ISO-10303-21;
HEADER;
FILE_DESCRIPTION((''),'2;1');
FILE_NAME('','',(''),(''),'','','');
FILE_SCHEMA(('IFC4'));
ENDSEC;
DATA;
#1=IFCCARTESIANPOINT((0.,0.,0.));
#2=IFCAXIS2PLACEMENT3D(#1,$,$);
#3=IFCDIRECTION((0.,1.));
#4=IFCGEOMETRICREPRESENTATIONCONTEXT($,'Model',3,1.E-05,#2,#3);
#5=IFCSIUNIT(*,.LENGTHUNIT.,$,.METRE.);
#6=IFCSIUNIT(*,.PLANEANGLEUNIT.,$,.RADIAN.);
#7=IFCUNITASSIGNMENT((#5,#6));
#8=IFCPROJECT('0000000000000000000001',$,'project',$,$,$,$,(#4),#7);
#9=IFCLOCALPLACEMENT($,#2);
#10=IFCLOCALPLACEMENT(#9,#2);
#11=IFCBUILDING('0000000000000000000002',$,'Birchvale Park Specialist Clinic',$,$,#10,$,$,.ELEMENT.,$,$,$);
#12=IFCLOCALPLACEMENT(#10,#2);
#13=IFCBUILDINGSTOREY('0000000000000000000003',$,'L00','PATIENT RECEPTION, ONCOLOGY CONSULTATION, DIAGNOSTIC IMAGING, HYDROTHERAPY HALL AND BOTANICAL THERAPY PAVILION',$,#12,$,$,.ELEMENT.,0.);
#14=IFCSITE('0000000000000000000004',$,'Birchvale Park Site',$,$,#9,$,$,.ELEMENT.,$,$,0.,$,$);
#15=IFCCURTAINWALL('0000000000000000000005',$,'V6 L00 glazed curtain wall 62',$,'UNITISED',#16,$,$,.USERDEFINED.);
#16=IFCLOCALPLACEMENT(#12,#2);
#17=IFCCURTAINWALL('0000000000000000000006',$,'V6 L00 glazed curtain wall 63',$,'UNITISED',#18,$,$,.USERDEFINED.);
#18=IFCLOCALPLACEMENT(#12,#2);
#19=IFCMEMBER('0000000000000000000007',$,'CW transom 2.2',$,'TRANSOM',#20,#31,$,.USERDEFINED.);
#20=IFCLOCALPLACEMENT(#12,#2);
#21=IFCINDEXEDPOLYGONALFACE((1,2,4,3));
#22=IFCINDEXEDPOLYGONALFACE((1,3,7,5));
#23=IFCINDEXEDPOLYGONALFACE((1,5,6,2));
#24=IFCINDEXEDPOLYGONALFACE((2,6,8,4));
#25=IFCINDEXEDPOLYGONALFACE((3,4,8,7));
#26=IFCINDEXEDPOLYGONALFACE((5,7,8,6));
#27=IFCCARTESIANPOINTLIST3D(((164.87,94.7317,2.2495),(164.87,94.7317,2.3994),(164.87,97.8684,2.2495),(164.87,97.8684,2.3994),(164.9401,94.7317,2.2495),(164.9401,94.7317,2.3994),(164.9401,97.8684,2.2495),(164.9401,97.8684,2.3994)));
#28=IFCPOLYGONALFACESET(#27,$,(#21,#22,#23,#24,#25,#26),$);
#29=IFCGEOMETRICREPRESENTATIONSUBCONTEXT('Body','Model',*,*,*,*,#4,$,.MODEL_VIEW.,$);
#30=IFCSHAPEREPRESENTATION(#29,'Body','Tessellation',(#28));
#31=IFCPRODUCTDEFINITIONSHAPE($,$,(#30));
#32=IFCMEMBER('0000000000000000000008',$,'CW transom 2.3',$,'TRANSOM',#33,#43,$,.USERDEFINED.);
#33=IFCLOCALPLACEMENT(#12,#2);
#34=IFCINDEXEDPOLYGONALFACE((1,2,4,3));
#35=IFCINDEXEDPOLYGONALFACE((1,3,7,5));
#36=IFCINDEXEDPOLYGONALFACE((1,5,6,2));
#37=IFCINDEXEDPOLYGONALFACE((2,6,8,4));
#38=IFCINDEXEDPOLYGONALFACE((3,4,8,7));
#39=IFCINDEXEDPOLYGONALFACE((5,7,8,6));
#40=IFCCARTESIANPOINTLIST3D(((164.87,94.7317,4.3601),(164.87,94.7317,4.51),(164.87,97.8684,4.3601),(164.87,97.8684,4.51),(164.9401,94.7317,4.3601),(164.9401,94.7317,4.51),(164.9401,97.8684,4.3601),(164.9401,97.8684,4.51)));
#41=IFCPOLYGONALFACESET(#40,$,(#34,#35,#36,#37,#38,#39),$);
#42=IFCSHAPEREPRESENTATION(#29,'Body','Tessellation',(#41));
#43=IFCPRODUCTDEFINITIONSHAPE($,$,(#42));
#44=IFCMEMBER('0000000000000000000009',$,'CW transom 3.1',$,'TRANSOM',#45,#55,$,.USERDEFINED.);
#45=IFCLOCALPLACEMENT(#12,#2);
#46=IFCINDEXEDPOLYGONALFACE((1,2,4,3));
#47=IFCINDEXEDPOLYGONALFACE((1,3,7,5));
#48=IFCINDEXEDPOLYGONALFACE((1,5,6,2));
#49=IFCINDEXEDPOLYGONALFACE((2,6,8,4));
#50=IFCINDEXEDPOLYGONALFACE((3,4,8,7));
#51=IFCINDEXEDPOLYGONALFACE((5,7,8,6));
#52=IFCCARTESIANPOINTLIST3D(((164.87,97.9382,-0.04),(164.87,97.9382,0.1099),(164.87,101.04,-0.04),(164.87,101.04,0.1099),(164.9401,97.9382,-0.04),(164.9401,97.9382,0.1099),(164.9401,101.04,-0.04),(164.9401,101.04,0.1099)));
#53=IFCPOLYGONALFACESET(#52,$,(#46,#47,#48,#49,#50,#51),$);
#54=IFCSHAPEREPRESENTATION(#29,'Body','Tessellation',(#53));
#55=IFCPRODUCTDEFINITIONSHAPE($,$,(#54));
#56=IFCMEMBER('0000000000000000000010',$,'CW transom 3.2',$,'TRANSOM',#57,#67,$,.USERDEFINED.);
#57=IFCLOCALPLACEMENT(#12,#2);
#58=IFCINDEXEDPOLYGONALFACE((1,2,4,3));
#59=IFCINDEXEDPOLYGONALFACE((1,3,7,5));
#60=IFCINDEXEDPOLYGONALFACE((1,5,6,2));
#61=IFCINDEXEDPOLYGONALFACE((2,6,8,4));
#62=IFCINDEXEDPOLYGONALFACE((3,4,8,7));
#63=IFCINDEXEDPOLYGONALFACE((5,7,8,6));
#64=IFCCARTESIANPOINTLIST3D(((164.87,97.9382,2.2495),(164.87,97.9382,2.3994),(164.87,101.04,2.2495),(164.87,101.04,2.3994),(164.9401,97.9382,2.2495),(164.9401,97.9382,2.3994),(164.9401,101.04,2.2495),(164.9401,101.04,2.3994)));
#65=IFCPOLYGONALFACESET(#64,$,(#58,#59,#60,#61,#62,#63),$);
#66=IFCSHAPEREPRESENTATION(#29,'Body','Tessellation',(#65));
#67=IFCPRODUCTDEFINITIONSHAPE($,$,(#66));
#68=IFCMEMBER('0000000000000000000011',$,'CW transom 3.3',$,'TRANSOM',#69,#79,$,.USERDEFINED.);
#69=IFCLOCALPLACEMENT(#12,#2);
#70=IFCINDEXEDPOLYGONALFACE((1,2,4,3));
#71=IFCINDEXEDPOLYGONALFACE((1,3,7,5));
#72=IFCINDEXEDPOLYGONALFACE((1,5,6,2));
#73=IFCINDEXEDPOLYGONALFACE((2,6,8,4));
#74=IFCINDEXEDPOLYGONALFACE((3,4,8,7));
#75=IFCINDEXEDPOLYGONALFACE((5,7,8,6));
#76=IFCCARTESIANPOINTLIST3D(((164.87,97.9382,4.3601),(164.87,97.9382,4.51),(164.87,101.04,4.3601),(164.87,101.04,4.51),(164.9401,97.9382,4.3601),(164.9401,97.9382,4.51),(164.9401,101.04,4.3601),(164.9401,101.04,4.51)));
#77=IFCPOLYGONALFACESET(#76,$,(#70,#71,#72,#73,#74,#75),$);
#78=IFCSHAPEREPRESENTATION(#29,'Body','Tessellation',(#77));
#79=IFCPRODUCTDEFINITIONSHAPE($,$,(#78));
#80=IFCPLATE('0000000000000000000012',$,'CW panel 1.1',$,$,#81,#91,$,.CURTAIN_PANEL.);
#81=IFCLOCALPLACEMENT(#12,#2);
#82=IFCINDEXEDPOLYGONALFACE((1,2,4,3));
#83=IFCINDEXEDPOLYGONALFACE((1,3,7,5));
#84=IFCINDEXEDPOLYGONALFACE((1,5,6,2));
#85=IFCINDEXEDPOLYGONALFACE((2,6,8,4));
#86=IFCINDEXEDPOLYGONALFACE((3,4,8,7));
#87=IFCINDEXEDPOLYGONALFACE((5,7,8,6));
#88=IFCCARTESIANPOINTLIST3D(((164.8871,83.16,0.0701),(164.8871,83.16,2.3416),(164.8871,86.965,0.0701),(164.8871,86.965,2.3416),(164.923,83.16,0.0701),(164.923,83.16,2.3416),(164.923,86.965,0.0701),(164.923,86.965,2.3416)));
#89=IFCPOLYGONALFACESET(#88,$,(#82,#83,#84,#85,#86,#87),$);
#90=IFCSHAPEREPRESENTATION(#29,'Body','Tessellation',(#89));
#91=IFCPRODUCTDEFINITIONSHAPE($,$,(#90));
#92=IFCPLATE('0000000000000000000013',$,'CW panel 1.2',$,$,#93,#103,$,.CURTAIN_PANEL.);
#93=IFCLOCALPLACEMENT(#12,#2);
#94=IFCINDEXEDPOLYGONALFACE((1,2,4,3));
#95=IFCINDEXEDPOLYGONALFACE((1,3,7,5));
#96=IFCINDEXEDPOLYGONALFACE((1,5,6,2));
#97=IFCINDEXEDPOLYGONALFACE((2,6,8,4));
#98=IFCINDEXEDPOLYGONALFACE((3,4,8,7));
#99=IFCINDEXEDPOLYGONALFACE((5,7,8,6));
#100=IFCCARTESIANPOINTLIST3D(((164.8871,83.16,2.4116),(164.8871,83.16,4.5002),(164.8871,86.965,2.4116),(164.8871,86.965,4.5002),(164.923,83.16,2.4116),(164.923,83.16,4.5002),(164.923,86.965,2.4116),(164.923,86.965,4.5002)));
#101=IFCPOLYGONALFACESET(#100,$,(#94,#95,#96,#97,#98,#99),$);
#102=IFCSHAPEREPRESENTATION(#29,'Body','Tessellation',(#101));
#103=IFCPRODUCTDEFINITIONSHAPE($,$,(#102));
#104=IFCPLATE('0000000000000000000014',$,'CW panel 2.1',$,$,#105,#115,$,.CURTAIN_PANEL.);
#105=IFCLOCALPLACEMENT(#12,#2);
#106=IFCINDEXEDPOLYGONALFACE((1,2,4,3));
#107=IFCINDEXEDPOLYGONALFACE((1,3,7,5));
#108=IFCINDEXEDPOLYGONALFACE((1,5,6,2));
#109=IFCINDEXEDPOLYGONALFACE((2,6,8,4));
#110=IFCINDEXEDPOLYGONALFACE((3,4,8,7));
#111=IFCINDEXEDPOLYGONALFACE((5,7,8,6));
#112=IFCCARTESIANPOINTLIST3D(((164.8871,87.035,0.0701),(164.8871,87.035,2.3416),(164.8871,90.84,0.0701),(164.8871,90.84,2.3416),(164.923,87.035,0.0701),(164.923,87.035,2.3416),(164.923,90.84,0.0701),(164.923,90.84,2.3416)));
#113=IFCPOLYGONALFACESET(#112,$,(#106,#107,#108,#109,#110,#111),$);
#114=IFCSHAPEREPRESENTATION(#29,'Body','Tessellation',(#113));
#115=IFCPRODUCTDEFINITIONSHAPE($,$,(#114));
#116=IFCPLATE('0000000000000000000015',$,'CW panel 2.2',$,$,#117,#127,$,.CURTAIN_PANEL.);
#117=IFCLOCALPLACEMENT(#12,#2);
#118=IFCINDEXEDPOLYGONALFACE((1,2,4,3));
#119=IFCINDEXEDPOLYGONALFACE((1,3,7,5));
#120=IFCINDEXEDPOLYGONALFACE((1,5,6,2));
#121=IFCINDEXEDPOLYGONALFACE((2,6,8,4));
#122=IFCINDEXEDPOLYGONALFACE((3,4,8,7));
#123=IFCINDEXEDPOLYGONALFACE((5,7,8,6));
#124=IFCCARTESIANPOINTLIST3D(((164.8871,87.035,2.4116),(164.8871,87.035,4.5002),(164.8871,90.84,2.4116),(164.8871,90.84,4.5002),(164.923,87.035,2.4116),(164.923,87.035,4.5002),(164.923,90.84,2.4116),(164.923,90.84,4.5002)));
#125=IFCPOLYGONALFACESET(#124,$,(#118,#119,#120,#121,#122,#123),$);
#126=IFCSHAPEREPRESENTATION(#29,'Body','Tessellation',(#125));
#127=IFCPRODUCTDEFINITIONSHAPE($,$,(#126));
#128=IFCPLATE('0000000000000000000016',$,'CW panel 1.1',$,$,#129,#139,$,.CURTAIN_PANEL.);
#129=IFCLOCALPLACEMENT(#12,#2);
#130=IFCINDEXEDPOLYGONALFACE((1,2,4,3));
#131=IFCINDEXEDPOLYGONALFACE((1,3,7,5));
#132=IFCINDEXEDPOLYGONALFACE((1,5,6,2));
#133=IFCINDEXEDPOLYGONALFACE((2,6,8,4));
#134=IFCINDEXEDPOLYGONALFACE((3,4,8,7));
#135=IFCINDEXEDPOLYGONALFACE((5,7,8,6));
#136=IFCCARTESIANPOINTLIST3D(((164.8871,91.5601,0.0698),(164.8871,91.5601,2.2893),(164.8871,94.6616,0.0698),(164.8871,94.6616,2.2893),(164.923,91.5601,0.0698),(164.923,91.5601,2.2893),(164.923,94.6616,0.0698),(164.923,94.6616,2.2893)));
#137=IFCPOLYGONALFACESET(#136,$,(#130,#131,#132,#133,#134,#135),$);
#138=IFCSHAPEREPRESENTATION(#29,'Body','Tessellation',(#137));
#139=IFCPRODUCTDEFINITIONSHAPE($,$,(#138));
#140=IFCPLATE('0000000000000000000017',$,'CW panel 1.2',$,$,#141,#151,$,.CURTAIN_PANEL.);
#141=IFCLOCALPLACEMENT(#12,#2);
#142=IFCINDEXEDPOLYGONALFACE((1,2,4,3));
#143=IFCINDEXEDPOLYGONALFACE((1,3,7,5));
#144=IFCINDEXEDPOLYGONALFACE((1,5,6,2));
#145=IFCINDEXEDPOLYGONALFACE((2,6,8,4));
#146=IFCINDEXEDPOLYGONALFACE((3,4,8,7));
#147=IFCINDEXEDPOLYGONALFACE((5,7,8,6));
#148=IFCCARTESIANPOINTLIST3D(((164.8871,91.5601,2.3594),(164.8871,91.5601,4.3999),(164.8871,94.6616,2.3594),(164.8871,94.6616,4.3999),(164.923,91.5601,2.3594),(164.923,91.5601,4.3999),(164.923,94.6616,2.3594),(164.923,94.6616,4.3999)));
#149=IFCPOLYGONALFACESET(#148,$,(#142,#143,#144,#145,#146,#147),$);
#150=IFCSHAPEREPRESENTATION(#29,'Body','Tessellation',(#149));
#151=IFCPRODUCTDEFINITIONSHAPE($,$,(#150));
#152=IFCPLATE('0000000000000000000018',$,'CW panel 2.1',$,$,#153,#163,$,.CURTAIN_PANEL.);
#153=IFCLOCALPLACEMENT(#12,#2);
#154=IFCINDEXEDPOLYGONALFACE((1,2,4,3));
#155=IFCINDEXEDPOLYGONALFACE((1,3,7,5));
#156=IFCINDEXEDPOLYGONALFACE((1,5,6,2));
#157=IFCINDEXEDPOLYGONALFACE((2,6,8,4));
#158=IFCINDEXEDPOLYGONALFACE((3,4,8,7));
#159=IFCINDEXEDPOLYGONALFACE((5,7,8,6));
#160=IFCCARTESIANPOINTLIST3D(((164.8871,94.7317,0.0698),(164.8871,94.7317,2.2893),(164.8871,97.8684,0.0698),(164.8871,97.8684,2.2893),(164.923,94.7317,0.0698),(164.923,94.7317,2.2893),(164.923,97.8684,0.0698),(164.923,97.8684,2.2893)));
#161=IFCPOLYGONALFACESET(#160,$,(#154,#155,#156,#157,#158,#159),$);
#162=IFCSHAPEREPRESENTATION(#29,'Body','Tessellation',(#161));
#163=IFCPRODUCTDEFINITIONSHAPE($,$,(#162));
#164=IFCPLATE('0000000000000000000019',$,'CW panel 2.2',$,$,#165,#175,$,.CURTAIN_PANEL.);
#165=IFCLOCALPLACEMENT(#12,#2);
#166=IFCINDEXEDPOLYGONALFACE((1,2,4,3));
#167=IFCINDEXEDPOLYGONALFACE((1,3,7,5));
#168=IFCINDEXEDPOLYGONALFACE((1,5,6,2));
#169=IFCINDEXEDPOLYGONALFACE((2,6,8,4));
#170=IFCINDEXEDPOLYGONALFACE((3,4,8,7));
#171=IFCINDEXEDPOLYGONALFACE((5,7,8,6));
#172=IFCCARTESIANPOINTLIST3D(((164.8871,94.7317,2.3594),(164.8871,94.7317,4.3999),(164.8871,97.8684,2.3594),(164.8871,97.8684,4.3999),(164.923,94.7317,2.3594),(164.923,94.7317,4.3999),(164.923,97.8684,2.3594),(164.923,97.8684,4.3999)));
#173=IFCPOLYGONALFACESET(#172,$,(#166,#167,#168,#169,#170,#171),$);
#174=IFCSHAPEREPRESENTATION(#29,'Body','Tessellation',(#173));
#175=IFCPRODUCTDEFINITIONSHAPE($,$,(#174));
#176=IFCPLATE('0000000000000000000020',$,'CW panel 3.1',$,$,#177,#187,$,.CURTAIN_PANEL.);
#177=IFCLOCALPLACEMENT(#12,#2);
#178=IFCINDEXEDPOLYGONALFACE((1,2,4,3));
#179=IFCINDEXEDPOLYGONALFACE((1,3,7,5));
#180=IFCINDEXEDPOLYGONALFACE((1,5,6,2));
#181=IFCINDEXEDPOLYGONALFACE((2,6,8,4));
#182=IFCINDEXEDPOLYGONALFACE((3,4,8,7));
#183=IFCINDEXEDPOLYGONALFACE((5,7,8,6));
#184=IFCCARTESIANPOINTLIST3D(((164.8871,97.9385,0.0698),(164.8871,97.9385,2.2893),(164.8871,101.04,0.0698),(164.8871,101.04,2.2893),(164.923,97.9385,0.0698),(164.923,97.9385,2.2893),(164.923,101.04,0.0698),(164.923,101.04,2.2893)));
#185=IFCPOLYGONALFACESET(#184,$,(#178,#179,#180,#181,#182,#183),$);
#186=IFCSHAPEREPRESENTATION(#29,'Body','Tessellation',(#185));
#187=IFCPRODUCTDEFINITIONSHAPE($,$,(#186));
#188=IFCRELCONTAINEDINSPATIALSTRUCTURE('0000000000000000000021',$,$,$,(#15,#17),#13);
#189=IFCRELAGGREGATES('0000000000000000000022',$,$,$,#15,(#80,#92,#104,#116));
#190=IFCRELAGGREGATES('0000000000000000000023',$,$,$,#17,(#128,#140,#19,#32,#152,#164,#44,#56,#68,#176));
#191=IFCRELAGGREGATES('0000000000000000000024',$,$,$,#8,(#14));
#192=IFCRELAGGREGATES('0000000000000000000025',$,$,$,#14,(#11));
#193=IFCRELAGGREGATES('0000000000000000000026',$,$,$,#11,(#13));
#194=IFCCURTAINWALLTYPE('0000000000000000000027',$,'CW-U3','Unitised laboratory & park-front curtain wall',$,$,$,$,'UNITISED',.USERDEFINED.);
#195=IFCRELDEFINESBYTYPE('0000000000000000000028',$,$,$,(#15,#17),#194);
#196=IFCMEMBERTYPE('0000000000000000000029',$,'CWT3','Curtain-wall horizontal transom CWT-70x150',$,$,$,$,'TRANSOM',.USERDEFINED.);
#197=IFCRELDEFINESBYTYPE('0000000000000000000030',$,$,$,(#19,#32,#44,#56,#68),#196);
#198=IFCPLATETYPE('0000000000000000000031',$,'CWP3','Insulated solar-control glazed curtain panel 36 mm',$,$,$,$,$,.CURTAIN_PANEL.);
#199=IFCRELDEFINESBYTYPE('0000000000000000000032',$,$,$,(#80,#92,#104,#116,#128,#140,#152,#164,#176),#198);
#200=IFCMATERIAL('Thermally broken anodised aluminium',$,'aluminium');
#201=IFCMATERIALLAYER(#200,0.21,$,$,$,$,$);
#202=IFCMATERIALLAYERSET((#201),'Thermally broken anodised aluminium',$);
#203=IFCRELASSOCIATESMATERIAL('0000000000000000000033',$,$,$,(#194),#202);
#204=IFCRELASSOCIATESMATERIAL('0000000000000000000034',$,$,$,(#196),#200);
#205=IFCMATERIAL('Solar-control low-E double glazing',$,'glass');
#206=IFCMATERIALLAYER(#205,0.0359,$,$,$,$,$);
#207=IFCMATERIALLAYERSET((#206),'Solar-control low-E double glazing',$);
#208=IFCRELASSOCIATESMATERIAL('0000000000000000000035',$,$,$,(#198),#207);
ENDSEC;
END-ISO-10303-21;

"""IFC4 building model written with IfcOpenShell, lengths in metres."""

from ifc_helpers import new_model, si_unit, direction, frame, origin, origin_2d, place, context, subcontext, project, spatial, rectangle, extrude, material, layer, layer_set, material_profile, profile_set, type_object, element, aggregate, save


model = new_model("IFC4")

# Units and contexts
model_context = context("Model", 3, precision=1e-05, world=origin(), true_north=direction((0.0, 1.0)))
body_context = subcontext(model_context, "Body", "Model", "MODEL_VIEW")
ifc_project = project(units=[si_unit("LENGTHUNIT", "METRE"), si_unit("PLANEANGLEUNIT", "RADIAN")], contexts=[model_context])

# Site, building, storey
site_placement = place(None, origin())
site = spatial("IfcSite", under=ifc_project, at=site_placement, Name="Birchvale Park Site", CompositionType="ELEMENT", RefElevation=0.0)
building_placement = place(site_placement, origin())
building = spatial("IfcBuilding", under=site, at=building_placement, Name="Birchvale Park Specialist Clinic", CompositionType="ELEMENT")
storey_placement = place(building_placement, origin())
storey = spatial("IfcBuildingStorey", under=building, at=storey_placement, Name="L00", Description="PATIENT RECEPTION, ONCOLOGY CONSULTATION, DIAGNOSTIC IMAGING, HYDROTHERAPY HALL AND BOTANICAL THERAPY PAVILION", CompositionType="ELEMENT", Elevation=0.0)

# Curtain walls
ifc_material_1 = material(Name="Thermally broken anodised aluminium", Category="aluminium")
ifc_layer_1 = layer(ifc_material_1, 0.21)
ifc_layer_set_1 = layer_set([ifc_layer_1], Name="Thermally broken anodised aluminium")
curtain_wall_type = type_object("IfcCurtainWallType", Name="CW-U3", Description="Unitised laboratory & park-front curtain wall", ElementType="UNITISED", PredefinedType="USERDEFINED", material=ifc_layer_set_1)
curtain_wall_1_placement = place(storey_placement, origin())
curtain_wall_1 = element("IfcCurtainWall", 1, at=curtain_wall_1_placement, inside=storey, type_object=curtain_wall_type, Name="V6 L00 glazed curtain wall 62", ObjectType="UNITISED", PredefinedType="USERDEFINED")
curtain_wall_2_placement = place(storey_placement, origin())
curtain_wall_2 = element("IfcCurtainWall", 2, at=curtain_wall_2_placement, inside=storey, type_object=curtain_wall_type, Name="V6 L00 glazed curtain wall 63", ObjectType="UNITISED", PredefinedType="USERDEFINED")

# Members
ifc_material_profile_1 = material_profile(ifc_material_1, rectangle(XDim=0.0701, YDim=0.1499, at=origin_2d()), Name="CWT-70x150")
ifc_profile_set_1 = profile_set([ifc_material_profile_1], Name="Thermally broken anodised aluminium")
member_type_1 = type_object("IfcMemberType", Name="CWT3", Description="Curtain-wall horizontal transom CWT-70x150", ElementType="TRANSOM", PredefinedType="USERDEFINED", material=ifc_profile_set_1)
member_1_placement = place(storey_placement, frame((164.905, 94.7317, 2.3245), z_axis=(0.0, 1.0, 0.0), x_axis=(-1.0, 0.0, 0.0)))
member_1 = element("IfcMember", 3, at=member_1_placement, type_object=member_type_1, Name="CW transom 2.2", ObjectType="TRANSOM", PredefinedType="USERDEFINED", context=body_context, shape_type="SweptSolid", body=[
    extrude(rectangle(XDim=0.0701, YDim=0.1499, at=origin_2d()), origin(), (0.0, 0.0, 1.0), 3.1367),
])
member_2_placement = place(storey_placement, frame((164.905, 94.7317, 4.4351), z_axis=(0.0, 1.0, 0.0), x_axis=(-1.0, 0.0, 0.0)))
member_2 = element("IfcMember", 4, at=member_2_placement, type_object=member_type_1, Name="CW transom 2.3", ObjectType="TRANSOM", PredefinedType="USERDEFINED", context=body_context, shape_type="SweptSolid", body=[
    extrude(rectangle(XDim=0.0701, YDim=0.1499, at=origin_2d()), origin(), (0.0, 0.0, 1.0), 3.1367),
])
member_3_placement = place(storey_placement, frame((164.905, 97.9382, 0.0349), z_axis=(0.0, 1.0, 0.0), x_axis=(-1.0, 0.0, 0.0)))
member_3 = element("IfcMember", 5, at=member_3_placement, type_object=member_type_1, Name="CW transom 3.1", ObjectType="TRANSOM", PredefinedType="USERDEFINED", context=body_context, shape_type="SweptSolid", body=[
    extrude(rectangle(XDim=0.0701, YDim=0.1499, at=origin_2d()), origin(), (0.0, 0.0, 1.0), 3.1018),
])
member_4_placement = place(storey_placement, frame((164.905, 97.9382, 2.3245), z_axis=(0.0, 1.0, 0.0), x_axis=(-1.0, 0.0, 0.0)))
member_4 = element("IfcMember", 6, at=member_4_placement, type_object=member_type_1, Name="CW transom 3.2", ObjectType="TRANSOM", PredefinedType="USERDEFINED", context=body_context, shape_type="SweptSolid", body=[
    extrude(rectangle(XDim=0.0701, YDim=0.1499, at=origin_2d()), origin(), (0.0, 0.0, 1.0), 3.1018),
])
member_5_placement = place(storey_placement, frame((164.905, 97.9382, 4.4351), z_axis=(0.0, 1.0, 0.0), x_axis=(-1.0, 0.0, 0.0)))
member_5 = element("IfcMember", 7, at=member_5_placement, type_object=member_type_1, Name="CW transom 3.3", ObjectType="TRANSOM", PredefinedType="USERDEFINED", context=body_context, shape_type="SweptSolid", body=[
    extrude(rectangle(XDim=0.0701, YDim=0.1499, at=origin_2d()), origin(), (0.0, 0.0, 1.0), 3.1018),
])

# Plates
ifc_material_2 = material(Name="Solar-control low-E double glazing", Category="glass")
ifc_layer_2 = layer(ifc_material_2, 0.0359)
ifc_layer_set_2 = layer_set([ifc_layer_2], Name="Solar-control low-E double glazing")
plate_type = type_object("IfcPlateType", Name="CWP3", Description="Insulated solar-control glazed curtain panel 36 mm", PredefinedType="CURTAIN_PANEL", material=ifc_layer_set_2)
plate_1_placement = place(storey_placement, frame((164.905, 85.0625, 0.0701), z_axis=(0.0, 0.0, 1.0), x_axis=(0.0, 1.0, 0.0)))
plate_1 = element("IfcPlate", 8, at=plate_1_placement, type_object=plate_type, Name="CW panel 1.1", PredefinedType="CURTAIN_PANEL", context=body_context, shape_type="SweptSolid", body=[
    extrude(rectangle(XDim=3.8049, YDim=0.0359, at=origin_2d()), origin(), (0.0, 0.0, 1.0), 2.2715),
])
plate_2_placement = place(storey_placement, frame((164.905, 85.0625, 2.4116), z_axis=(0.0, 0.0, 1.0), x_axis=(0.0, 1.0, 0.0)))
plate_2 = element("IfcPlate", 9, at=plate_2_placement, type_object=plate_type, Name="CW panel 1.2", PredefinedType="CURTAIN_PANEL", context=body_context, shape_type="SweptSolid", body=[
    extrude(rectangle(XDim=3.8049, YDim=0.0359, at=origin_2d()), origin(), (0.0, 0.0, 1.0), 2.0886),
])
plate_3_placement = place(storey_placement, frame((164.905, 88.9375, 0.0701), z_axis=(0.0, 0.0, 1.0), x_axis=(0.0, 1.0, 0.0)))
plate_3 = element("IfcPlate", 10, at=plate_3_placement, type_object=plate_type, Name="CW panel 2.1", PredefinedType="CURTAIN_PANEL", context=body_context, shape_type="SweptSolid", body=[
    extrude(rectangle(XDim=3.8049, YDim=0.0359, at=origin_2d()), origin(), (0.0, 0.0, 1.0), 2.2715),
])
plate_4_placement = place(storey_placement, frame((164.905, 88.9375, 2.4116), z_axis=(0.0, 0.0, 1.0), x_axis=(0.0, 1.0, 0.0)))
plate_4 = element("IfcPlate", 11, at=plate_4_placement, type_object=plate_type, Name="CW panel 2.2", PredefinedType="CURTAIN_PANEL", context=body_context, shape_type="SweptSolid", body=[
    extrude(rectangle(XDim=3.8049, YDim=0.0359, at=origin_2d()), origin(), (0.0, 0.0, 1.0), 2.0886),
])
aggregate(curtain_wall_1, [plate_1, plate_2, plate_3, plate_4])
plate_5_placement = place(storey_placement, frame((164.905, 93.1108, 0.0698), z_axis=(0.0, 0.0, 1.0), x_axis=(0.0, 1.0, 0.0)))
plate_5 = element("IfcPlate", 12, at=plate_5_placement, type_object=plate_type, Name="CW panel 1.1", PredefinedType="CURTAIN_PANEL", context=body_context, shape_type="SweptSolid", body=[
    extrude(rectangle(XDim=3.1016, YDim=0.0359, at=origin_2d()), origin(), (0.0, 0.0, 1.0), 2.2195),
])
plate_6_placement = place(storey_placement, frame((164.905, 93.1108, 2.3594), z_axis=(0.0, 0.0, 1.0), x_axis=(0.0, 1.0, 0.0)))
plate_6 = element("IfcPlate", 13, at=plate_6_placement, type_object=plate_type, Name="CW panel 1.2", PredefinedType="CURTAIN_PANEL", context=body_context, shape_type="SweptSolid", body=[
    extrude(rectangle(XDim=3.1016, YDim=0.0359, at=origin_2d()), origin(), (0.0, 0.0, 1.0), 2.0405),
])
plate_7_placement = place(storey_placement, frame((164.905, 96.3, 0.0698), z_axis=(0.0, 0.0, 1.0), x_axis=(0.0, 1.0, 0.0)))
plate_7 = element("IfcPlate", 14, at=plate_7_placement, type_object=plate_type, Name="CW panel 2.1", PredefinedType="CURTAIN_PANEL", context=body_context, shape_type="SweptSolid", body=[
    extrude(rectangle(XDim=3.1367, YDim=0.0359, at=origin_2d()), origin(), (0.0, 0.0, 1.0), 2.2195),
])
plate_8_placement = place(storey_placement, frame((164.905, 96.3, 2.3594), z_axis=(0.0, 0.0, 1.0), x_axis=(0.0, 1.0, 0.0)))
plate_8 = element("IfcPlate", 15, at=plate_8_placement, type_object=plate_type, Name="CW panel 2.2", PredefinedType="CURTAIN_PANEL", context=body_context, shape_type="SweptSolid", body=[
    extrude(rectangle(XDim=3.1367, YDim=0.0359, at=origin_2d()), origin(), (0.0, 0.0, 1.0), 2.0405),
])
plate_9_placement = place(storey_placement, frame((164.905, 99.4893, 0.0698), z_axis=(0.0, 0.0, 1.0), x_axis=(0.0, 1.0, 0.0)))
plate_9 = element("IfcPlate", 16, at=plate_9_placement, type_object=plate_type, Name="CW panel 3.1", PredefinedType="CURTAIN_PANEL", context=body_context, shape_type="SweptSolid", body=[
    extrude(rectangle(XDim=3.1016, YDim=0.0359, at=origin_2d()), origin(), (0.0, 0.0, 1.0), 2.2195),
])
aggregate(curtain_wall_2, [plate_5, plate_6, member_1, member_2, plate_7, plate_8, member_3, member_4, member_5, plate_9])

save(model, "model.ifc")
